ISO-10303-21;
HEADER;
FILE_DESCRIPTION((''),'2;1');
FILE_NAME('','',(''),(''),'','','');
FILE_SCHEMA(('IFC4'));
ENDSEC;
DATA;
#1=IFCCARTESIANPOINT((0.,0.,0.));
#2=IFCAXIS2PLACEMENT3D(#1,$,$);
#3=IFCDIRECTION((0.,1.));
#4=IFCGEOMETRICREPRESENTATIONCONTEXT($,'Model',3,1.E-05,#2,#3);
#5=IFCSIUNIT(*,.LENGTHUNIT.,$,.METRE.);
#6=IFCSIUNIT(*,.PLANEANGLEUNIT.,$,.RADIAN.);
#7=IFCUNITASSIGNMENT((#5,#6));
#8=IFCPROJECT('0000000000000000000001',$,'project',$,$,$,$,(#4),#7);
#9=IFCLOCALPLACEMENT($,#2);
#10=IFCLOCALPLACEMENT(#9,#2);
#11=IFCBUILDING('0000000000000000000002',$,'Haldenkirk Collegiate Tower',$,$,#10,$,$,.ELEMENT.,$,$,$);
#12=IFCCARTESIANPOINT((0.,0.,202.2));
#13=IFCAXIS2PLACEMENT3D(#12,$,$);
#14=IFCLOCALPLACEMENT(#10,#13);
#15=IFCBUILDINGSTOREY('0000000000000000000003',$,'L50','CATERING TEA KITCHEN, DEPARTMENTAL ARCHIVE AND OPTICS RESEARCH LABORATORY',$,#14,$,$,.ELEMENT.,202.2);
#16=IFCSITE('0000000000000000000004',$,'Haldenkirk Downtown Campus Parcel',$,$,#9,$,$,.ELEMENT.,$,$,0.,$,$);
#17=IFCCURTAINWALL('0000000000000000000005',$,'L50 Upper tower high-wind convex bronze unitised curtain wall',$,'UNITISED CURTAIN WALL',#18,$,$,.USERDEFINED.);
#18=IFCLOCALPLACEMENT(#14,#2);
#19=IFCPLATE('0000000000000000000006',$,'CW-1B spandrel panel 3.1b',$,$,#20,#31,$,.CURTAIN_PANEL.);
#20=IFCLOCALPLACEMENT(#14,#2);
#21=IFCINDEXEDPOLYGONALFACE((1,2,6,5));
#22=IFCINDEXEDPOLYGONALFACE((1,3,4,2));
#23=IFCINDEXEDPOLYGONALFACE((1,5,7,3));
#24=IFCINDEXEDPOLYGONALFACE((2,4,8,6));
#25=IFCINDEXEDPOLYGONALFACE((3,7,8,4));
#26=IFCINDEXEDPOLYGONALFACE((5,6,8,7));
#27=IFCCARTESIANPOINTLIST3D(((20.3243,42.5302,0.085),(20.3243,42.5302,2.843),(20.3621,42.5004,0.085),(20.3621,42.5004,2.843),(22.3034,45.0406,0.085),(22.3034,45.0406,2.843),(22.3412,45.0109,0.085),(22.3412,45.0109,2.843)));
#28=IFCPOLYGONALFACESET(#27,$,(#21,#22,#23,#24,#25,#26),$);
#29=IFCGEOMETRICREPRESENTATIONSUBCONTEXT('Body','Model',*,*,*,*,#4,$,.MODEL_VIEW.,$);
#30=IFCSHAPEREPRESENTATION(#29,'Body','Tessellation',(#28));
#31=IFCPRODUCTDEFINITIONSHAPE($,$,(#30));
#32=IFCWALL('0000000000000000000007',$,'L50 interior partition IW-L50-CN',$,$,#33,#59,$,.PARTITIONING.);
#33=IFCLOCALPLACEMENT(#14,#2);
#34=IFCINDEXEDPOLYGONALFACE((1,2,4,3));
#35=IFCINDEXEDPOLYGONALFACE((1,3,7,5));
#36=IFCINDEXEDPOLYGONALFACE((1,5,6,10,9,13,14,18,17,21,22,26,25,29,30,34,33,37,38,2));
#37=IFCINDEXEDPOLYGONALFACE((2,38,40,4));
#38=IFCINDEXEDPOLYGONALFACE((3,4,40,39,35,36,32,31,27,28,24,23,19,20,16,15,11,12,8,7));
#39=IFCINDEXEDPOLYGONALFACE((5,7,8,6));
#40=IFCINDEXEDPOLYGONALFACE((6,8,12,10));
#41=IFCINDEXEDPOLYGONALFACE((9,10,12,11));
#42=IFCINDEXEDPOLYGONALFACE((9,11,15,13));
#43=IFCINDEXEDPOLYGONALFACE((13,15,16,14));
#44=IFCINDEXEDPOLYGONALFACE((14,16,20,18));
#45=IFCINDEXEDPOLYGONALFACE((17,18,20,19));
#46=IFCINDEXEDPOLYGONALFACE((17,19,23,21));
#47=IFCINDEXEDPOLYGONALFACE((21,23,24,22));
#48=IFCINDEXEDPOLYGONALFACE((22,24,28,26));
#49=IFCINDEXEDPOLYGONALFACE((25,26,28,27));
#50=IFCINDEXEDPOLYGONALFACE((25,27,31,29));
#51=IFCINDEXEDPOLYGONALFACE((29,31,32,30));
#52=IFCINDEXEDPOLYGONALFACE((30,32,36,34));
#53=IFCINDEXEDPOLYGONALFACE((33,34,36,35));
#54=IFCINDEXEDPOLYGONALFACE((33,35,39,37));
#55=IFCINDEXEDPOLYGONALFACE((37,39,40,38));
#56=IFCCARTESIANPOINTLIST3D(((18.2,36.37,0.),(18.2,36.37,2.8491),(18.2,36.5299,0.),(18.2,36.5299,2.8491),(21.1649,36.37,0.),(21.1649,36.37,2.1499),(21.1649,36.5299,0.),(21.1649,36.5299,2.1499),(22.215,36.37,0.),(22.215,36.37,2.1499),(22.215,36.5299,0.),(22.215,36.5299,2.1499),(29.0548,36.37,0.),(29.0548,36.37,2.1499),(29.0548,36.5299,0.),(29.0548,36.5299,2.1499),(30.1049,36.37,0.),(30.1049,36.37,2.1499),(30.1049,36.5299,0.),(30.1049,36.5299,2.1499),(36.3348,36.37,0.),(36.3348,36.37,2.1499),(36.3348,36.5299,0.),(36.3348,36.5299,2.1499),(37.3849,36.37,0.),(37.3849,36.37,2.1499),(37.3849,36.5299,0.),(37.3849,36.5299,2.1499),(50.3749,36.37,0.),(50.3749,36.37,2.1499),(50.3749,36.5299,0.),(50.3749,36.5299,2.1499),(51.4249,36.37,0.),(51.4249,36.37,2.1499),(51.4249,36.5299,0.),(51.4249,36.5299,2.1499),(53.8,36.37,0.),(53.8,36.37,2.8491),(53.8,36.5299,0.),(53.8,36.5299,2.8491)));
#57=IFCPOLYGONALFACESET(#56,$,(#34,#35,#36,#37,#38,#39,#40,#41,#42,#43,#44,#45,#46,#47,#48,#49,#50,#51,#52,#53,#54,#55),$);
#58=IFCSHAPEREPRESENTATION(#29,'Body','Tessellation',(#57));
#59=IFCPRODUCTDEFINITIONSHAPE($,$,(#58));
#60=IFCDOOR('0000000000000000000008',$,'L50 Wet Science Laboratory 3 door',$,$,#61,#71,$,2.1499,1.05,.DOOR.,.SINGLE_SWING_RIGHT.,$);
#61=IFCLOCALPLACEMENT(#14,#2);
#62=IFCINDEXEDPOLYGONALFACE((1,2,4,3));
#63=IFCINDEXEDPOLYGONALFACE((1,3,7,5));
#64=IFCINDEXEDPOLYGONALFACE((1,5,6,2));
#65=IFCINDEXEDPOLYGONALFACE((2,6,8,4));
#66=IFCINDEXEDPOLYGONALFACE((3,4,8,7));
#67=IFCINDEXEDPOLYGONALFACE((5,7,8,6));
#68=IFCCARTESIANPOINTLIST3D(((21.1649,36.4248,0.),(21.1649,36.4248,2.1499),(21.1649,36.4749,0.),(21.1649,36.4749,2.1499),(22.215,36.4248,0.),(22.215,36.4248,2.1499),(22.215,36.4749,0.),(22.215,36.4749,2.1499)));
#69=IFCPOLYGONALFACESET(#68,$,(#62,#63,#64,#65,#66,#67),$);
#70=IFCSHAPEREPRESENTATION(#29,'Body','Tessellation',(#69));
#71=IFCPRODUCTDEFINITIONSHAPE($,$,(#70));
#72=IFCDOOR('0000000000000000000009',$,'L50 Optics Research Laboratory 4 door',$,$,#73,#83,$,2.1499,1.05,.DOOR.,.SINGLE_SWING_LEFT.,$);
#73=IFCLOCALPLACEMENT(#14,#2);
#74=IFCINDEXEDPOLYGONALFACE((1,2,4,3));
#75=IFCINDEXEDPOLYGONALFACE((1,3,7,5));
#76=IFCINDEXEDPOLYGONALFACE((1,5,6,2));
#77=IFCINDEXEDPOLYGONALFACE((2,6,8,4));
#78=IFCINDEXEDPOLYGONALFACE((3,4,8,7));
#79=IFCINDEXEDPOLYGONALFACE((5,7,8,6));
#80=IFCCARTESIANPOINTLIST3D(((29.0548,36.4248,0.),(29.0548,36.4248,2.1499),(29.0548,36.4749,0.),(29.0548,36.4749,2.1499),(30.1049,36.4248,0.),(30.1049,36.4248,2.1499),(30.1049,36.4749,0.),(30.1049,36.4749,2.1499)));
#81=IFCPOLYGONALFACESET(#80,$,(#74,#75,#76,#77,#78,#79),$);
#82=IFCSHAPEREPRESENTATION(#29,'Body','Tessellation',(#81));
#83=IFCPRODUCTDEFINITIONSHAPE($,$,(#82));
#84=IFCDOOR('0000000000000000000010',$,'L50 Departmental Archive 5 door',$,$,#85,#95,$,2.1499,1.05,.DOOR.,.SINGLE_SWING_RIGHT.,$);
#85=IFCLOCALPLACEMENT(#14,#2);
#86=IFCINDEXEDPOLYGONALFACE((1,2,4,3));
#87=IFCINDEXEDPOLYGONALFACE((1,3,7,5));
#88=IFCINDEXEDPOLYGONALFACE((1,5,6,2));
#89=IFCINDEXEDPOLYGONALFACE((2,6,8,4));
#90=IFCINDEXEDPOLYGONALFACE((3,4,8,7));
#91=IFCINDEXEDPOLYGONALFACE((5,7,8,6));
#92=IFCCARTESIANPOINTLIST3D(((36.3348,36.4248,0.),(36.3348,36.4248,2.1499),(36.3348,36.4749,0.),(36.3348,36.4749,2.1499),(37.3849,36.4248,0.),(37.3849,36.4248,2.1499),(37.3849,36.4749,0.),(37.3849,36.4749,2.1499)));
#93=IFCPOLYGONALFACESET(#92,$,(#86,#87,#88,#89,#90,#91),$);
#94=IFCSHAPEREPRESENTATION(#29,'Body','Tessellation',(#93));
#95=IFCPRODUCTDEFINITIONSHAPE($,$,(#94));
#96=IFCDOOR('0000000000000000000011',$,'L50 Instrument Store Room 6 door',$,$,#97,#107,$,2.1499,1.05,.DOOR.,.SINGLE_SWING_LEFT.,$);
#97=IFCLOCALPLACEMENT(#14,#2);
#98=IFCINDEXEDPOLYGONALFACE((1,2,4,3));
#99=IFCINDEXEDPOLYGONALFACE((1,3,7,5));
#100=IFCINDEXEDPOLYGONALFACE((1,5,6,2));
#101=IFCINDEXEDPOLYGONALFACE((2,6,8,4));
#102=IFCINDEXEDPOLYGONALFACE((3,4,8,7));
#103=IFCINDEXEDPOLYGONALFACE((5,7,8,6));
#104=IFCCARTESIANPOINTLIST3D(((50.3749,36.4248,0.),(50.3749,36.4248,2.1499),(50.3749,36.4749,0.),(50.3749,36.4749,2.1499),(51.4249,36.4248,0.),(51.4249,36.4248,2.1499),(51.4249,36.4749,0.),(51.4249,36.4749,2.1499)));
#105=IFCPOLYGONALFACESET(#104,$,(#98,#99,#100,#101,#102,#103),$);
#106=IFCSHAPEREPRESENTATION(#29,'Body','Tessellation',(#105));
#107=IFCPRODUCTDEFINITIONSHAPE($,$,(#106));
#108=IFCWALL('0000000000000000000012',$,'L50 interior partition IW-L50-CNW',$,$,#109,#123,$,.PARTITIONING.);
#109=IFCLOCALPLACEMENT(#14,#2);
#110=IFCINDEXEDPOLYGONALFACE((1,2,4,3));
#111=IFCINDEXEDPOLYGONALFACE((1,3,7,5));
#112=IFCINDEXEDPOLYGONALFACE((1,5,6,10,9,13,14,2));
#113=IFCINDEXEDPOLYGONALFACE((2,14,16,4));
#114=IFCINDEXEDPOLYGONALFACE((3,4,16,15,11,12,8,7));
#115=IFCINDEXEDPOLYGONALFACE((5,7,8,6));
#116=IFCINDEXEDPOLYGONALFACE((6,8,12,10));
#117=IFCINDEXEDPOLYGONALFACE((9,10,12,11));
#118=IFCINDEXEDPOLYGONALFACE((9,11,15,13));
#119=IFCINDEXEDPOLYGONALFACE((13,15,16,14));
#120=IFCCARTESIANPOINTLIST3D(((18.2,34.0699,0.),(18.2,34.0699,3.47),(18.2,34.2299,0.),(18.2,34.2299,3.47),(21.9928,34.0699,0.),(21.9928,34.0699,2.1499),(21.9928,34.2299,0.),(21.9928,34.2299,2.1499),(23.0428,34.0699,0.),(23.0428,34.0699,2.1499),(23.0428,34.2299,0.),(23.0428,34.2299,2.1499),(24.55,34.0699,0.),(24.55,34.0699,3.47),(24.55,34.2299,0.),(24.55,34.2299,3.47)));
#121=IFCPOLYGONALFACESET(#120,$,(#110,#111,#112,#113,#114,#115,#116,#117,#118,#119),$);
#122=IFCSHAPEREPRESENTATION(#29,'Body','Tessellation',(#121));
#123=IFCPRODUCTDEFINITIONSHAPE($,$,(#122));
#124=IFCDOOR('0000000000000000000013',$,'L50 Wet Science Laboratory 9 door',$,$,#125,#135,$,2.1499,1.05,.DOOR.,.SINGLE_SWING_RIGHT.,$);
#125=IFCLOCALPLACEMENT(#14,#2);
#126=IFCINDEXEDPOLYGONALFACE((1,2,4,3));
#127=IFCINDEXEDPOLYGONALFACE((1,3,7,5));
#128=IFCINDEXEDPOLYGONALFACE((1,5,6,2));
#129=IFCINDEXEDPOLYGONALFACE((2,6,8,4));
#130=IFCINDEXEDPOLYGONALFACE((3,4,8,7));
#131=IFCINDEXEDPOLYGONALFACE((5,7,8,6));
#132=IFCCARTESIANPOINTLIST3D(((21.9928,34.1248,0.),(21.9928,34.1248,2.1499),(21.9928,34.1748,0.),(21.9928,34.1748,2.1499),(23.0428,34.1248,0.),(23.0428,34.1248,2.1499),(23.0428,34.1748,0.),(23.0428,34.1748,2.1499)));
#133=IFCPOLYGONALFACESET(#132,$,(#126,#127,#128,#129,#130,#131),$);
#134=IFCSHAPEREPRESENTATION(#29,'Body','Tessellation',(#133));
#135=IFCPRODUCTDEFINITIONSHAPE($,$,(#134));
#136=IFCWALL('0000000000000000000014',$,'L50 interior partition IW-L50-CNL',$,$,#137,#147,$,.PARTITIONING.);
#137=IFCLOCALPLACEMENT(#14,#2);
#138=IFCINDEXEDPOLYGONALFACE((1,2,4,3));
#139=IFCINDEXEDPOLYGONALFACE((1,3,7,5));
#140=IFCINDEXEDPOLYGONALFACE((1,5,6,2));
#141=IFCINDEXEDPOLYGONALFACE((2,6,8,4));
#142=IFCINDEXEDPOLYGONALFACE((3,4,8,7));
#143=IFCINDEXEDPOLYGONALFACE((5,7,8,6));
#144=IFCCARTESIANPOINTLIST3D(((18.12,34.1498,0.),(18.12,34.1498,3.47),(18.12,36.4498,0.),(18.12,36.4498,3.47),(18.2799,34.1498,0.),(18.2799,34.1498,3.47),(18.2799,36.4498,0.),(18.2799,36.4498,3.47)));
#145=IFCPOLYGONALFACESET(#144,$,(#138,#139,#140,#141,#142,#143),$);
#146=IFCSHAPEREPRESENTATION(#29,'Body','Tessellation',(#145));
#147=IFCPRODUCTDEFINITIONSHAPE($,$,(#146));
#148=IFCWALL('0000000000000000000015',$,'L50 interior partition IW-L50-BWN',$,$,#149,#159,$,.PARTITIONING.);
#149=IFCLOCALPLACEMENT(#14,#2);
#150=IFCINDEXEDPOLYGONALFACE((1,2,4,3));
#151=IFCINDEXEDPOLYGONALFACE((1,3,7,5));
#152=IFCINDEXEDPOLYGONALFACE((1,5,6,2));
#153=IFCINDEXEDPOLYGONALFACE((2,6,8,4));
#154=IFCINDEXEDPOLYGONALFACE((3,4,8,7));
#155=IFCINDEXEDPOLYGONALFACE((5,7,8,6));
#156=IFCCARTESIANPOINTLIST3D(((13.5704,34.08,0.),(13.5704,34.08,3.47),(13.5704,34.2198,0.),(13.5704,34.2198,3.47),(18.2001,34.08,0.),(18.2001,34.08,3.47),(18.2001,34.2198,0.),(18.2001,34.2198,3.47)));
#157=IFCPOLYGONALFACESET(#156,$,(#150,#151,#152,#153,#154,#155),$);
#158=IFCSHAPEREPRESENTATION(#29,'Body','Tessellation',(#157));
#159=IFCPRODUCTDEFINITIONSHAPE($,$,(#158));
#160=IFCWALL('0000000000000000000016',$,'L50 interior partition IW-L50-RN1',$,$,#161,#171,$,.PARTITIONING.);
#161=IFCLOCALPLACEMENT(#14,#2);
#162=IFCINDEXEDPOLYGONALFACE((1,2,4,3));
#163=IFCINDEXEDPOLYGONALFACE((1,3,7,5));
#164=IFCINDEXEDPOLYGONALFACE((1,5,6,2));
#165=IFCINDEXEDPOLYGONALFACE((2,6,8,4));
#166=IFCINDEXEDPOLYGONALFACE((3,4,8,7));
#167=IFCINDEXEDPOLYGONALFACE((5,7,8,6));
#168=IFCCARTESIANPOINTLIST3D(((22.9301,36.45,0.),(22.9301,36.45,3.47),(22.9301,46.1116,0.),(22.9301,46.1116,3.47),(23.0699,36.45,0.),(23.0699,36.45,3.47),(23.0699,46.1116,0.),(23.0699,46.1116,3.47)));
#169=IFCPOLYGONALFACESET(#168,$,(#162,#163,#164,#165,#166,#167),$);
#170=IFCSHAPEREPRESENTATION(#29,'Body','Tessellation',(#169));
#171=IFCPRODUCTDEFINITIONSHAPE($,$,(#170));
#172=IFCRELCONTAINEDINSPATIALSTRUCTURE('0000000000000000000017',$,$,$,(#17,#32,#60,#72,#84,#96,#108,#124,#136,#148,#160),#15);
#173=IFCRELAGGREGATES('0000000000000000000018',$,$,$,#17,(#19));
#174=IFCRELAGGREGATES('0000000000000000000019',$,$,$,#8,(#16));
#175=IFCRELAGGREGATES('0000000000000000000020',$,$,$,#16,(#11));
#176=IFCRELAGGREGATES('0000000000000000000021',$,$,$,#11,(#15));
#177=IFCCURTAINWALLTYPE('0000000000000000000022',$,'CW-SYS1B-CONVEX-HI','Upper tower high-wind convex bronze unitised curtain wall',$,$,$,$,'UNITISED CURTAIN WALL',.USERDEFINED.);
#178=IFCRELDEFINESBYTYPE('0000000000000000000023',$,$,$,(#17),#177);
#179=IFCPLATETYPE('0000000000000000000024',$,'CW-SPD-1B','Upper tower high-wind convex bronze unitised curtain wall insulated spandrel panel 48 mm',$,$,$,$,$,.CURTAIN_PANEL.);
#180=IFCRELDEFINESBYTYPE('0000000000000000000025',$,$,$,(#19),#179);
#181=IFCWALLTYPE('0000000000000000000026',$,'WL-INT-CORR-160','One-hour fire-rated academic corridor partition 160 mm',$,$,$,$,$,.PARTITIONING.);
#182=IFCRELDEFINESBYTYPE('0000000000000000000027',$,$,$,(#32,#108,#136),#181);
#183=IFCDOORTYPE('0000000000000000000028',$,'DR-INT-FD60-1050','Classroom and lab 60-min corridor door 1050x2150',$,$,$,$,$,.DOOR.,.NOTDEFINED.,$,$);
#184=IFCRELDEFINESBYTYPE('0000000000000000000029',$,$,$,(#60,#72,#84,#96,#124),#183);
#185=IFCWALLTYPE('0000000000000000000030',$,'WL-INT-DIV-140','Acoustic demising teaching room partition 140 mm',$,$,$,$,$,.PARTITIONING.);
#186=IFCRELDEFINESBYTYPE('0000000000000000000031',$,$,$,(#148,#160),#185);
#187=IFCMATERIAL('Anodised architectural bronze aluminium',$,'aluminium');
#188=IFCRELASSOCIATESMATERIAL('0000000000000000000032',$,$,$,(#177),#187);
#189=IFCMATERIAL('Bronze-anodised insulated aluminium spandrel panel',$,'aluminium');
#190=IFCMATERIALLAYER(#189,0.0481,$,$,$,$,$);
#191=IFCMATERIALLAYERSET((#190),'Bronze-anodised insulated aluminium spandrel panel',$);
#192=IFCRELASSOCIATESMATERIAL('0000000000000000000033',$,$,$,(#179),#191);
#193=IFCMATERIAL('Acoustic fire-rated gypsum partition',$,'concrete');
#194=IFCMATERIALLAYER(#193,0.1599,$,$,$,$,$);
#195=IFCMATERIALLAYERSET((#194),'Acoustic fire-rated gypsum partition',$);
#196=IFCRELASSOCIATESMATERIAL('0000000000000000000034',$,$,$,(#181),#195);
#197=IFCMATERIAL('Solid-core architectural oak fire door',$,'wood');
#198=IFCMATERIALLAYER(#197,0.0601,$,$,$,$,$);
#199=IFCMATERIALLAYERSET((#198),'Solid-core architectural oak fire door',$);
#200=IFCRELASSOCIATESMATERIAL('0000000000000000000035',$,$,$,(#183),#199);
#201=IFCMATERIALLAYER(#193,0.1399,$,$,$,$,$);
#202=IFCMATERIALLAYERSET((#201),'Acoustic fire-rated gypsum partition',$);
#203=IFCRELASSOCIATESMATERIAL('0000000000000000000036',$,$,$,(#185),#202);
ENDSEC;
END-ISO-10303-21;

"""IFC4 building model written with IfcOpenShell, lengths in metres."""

from ifc_helpers import new_model, si_unit, direction, frame, frame_2d, origin, origin_2d, place, context, subcontext, project, spatial, rectangle, extrude, source, transform, mapped, material, layer, layer_set, type_object, element, fill, aggregate, save


model = new_model("IFC4")

# Units and contexts
model_context = context("Model", 3, precision=1e-05, world=origin(), true_north=direction((0.0, 1.0)))
body_context = subcontext(model_context, "Body", "Model", "MODEL_VIEW")
ifc_project = project(units=[si_unit("LENGTHUNIT", "METRE"), si_unit("PLANEANGLEUNIT", "RADIAN")], contexts=[model_context])

# Site, building, storey
site_placement = place(None, origin())
site = spatial("IfcSite", under=ifc_project, at=site_placement, Name="Haldenkirk Downtown Campus Parcel", CompositionType="ELEMENT", RefElevation=0.0)
building_placement = place(site_placement, origin())
building = spatial("IfcBuilding", under=site, at=building_placement, Name="Haldenkirk Collegiate Tower", CompositionType="ELEMENT")
storey_placement = place(building_placement, frame((0.0, 0.0, 202.2)))
storey = spatial("IfcBuildingStorey", under=building, at=storey_placement, Name="L50", Description="CATERING TEA KITCHEN, DEPARTMENTAL ARCHIVE AND OPTICS RESEARCH LABORATORY", CompositionType="ELEMENT", Elevation=202.2)

# Curtain wall
ifc_material_1 = material(Name="Anodised architectural bronze aluminium", Category="aluminium")
curtain_wall_type = type_object("IfcCurtainWallType", Name="CW-SYS1B-CONVEX-HI", Description="Upper tower high-wind convex bronze unitised curtain wall", ElementType="UNITISED CURTAIN WALL", PredefinedType="USERDEFINED", material=ifc_material_1)
curtain_wall_placement = place(storey_placement, origin())
curtain_wall = element("IfcCurtainWall", 1, at=curtain_wall_placement, inside=storey, type_object=curtain_wall_type, Name="L50 Upper tower high-wind convex bronze unitised curtain wall", ObjectType="UNITISED CURTAIN WALL", PredefinedType="USERDEFINED")

# Plate
ifc_material_2 = material(Name="Bronze-anodised insulated aluminium spandrel panel", Category="aluminium")
ifc_layer_1 = layer(ifc_material_2, 0.0481)
ifc_layer_set_1 = layer_set([ifc_layer_1], Name="Bronze-anodised insulated aluminium spandrel panel")
plate_type_1 = type_object("IfcPlateType", Name="CW-SPD-1B", Description="Upper tower high-wind convex bronze unitised curtain wall insulated spandrel panel 48 mm", PredefinedType="CURTAIN_PANEL", material=ifc_layer_set_1)
shared_shape_1 = source(origin(), body_context, "Body", "SweptSolid", [
    extrude(rectangle(XDim=3.1968, YDim=0.0481, at=origin_2d()), origin(), (0.0, 0.0, 1.0), 2.7581),
])
plate_1_placement = place(storey_placement, frame((21.3328, 43.7705, 0.085), z_axis=(0.0, 0.0, 1.0), x_axis=(0.619094, 0.785317, 0.0)))
plate_1 = element("IfcPlate", 2, at=plate_1_placement, type_object=plate_type_1, Name="CW-1B spandrel panel 3.1b", PredefinedType="CURTAIN_PANEL", context=body_context, shape_type="MappedRepresentation", body=[
    mapped(shared_shape_1, transform((0.0, 0.0, 0.0), x_axis=(1.0, 0.0, 0.0), y_axis=(0.0, 1.0, 0.0), z_axis=(0.0, 0.0, 1.0), scale=1.0)),
])
aggregate(curtain_wall, [plate_1])

# Wall, openings, doors
ifc_material_3 = material(Name="Acoustic fire-rated gypsum partition", Category="concrete")
ifc_layer_2 = layer(ifc_material_3, 0.1599)
ifc_layer_set_2 = layer_set([ifc_layer_2], Name="Acoustic fire-rated gypsum partition")
wall_type_1 = type_object("IfcWallType", Name="WL-INT-CORR-160", Description="One-hour fire-rated academic corridor partition 160 mm", PredefinedType="PARTITIONING", material=ifc_layer_set_2)
wall_1_placement = place(storey_placement, frame((18.2, 36.45, 0.0), z_axis=(0.0, 0.0, 1.0), x_axis=(1.0, 0.0, 0.0)))
wall_1 = element("IfcWall", 3, at=wall_1_placement, inside=storey, type_object=wall_type_1, Name="L50 interior partition IW-L50-CN", PredefinedType="PARTITIONING", context=body_context, shape_type="SweptSolid", body=[
    extrude(rectangle(XDim=35.6001, YDim=0.1599, at=frame_2d((17.8, 0.0))), origin(), (0.0, 0.0, 1.0), 2.8491),
])
opening_1_placement = place(wall_1_placement, frame((2.9651, 0.0, 0.0)))
opening_1 = element("IfcOpeningElement", 4, at=opening_1_placement, cuts=wall_1, PredefinedType="OPENING", context=body_context, shape_type="SweptSolid", body=[
    extrude(rectangle(XDim=1.05, YDim=2.1499, at=frame_2d((0.5249, 1.075))), frame((0.0, 0.0898, 0.0), z_axis=(0.0, -1.0, 0.0), x_axis=(1.0, 0.0, 0.0)), (0.0, 0.0, 1.0), 0.1799),
])
opening_2_placement = place(wall_1_placement, frame((10.855, 0.0, 0.0)))
opening_2 = element("IfcOpeningElement", 5, at=opening_2_placement, cuts=wall_1, PredefinedType="OPENING", context=body_context, shape_type="SweptSolid", body=[
    extrude(rectangle(XDim=1.05, YDim=2.1499, at=frame_2d((0.5249, 1.075))), frame((0.0, 0.0898, 0.0), z_axis=(0.0, -1.0, 0.0), x_axis=(1.0, 0.0, 0.0)), (0.0, 0.0, 1.0), 0.1799),
])
opening_3_placement = place(wall_1_placement, frame((18.135, 0.0, 0.0)))
opening_3 = element("IfcOpeningElement", 6, at=opening_3_placement, cuts=wall_1, PredefinedType="OPENING", context=body_context, shape_type="SweptSolid", body=[
    extrude(rectangle(XDim=1.05, YDim=2.1499, at=frame_2d((0.5249, 1.075))), frame((0.0, 0.0898, 0.0), z_axis=(0.0, -1.0, 0.0), x_axis=(1.0, 0.0, 0.0)), (0.0, 0.0, 1.0), 0.1799),
])
opening_4_placement = place(wall_1_placement, frame((32.175, 0.0, 0.0)))
opening_4 = element("IfcOpeningElement", 7, at=opening_4_placement, cuts=wall_1, PredefinedType="OPENING", context=body_context, shape_type="SweptSolid", body=[
    extrude(rectangle(XDim=1.05, YDim=2.1499, at=frame_2d((0.5249, 1.075))), frame((0.0, 0.0898, 0.0), z_axis=(0.0, -1.0, 0.0), x_axis=(1.0, 0.0, 0.0)), (0.0, 0.0, 1.0), 0.1799),
])
ifc_material_4 = material(Name="Solid-core architectural oak fire door", Category="wood")
ifc_layer_3 = layer(ifc_material_4, 0.0601)
ifc_layer_set_3 = layer_set([ifc_layer_3], Name="Solid-core architectural oak fire door")
door_type = type_object("IfcDoorType", Name="DR-INT-FD60-1050", Description="Classroom and lab 60-min corridor door 1050x2150", OperationType="NOTDEFINED", PredefinedType="DOOR", material=ifc_layer_set_3)
door_1_placement = place(opening_1_placement, origin())
door_1 = element("IfcDoor", 8, at=door_1_placement, inside=storey, type_object=door_type, Name="L50 Wet Science Laboratory 3 door", OperationType="SINGLE_SWING_RIGHT", OverallHeight=2.1499, OverallWidth=1.05, PredefinedType="DOOR", context=body_context, shape_type="SweptSolid", body=[
    extrude(rectangle(XDim=1.05, YDim=2.1499, at=frame_2d((0.5249, 1.075))), frame((0.0, 0.0249, 0.0), z_axis=(0.0, -1.0, 0.0), x_axis=(1.0, 0.0, 0.0)), (0.0, 0.0, 1.0), 0.05),
])
fill(opening_1, door_1)
door_2_placement = place(opening_2_placement, origin())
door_2 = element("IfcDoor", 9, at=door_2_placement, inside=storey, type_object=door_type, Name="L50 Optics Research Laboratory 4 door", OperationType="SINGLE_SWING_LEFT", OverallHeight=2.1499, OverallWidth=1.05, PredefinedType="DOOR", context=body_context, shape_type="SweptSolid", body=[
    extrude(rectangle(XDim=1.05, YDim=2.1499, at=frame_2d((0.5249, 1.075))), frame((0.0, 0.0249, 0.0), z_axis=(0.0, -1.0, 0.0), x_axis=(1.0, 0.0, 0.0)), (0.0, 0.0, 1.0), 0.05),
])
fill(opening_2, door_2)
door_3_placement = place(opening_3_placement, origin())
door_3 = element("IfcDoor", 10, at=door_3_placement, inside=storey, type_object=door_type, Name="L50 Departmental Archive 5 door", OperationType="SINGLE_SWING_RIGHT", OverallHeight=2.1499, OverallWidth=1.05, PredefinedType="DOOR", context=body_context, shape_type="SweptSolid", body=[
    extrude(rectangle(XDim=1.05, YDim=2.1499, at=frame_2d((0.5249, 1.075))), frame((0.0, 0.0249, 0.0), z_axis=(0.0, -1.0, 0.0), x_axis=(1.0, 0.0, 0.0)), (0.0, 0.0, 1.0), 0.05),
])
fill(opening_3, door_3)
door_4_placement = place(opening_4_placement, origin())
door_4 = element("IfcDoor", 11, at=door_4_placement, inside=storey, type_object=door_type, Name="L50 Instrument Store Room 6 door", OperationType="SINGLE_SWING_LEFT", OverallHeight=2.1499, OverallWidth=1.05, PredefinedType="DOOR", context=body_context, shape_type="SweptSolid", body=[
    extrude(rectangle(XDim=1.05, YDim=2.1499, at=frame_2d((0.5249, 1.075))), frame((0.0, 0.0249, 0.0), z_axis=(0.0, -1.0, 0.0), x_axis=(1.0, 0.0, 0.0)), (0.0, 0.0, 1.0), 0.05),
])
fill(opening_4, door_4)

# Wall, opening, door
wall_2_placement = place(storey_placement, frame((18.2, 34.1499, 0.0), z_axis=(0.0, 0.0, 1.0), x_axis=(1.0, 0.0, 0.0)))
wall_2 = element("IfcWall", 12, at=wall_2_placement, inside=storey, type_object=wall_type_1, Name="L50 interior partition IW-L50-CNW", PredefinedType="PARTITIONING", context=body_context, shape_type="SweptSolid", body=[
    extrude(rectangle(XDim=6.3501, YDim=0.1599, at=frame_2d((3.175, 0.0))), origin(), (0.0, 0.0, 1.0), 3.47),
])
opening_5_placement = place(wall_2_placement, frame((3.793, 0.0, 0.0)))
opening_5 = element("IfcOpeningElement", 13, at=opening_5_placement, cuts=wall_2, PredefinedType="OPENING", context=body_context, shape_type="SweptSolid", body=[
    extrude(rectangle(XDim=1.05, YDim=2.1499, at=frame_2d((0.5249, 1.075))), frame((0.0, 0.0898, 0.0), z_axis=(0.0, -1.0, 0.0), x_axis=(1.0, 0.0, 0.0)), (0.0, 0.0, 1.0), 0.1799),
])
door_5_placement = place(opening_5_placement, origin())
door_5 = element("IfcDoor", 14, at=door_5_placement, inside=storey, type_object=door_type, Name="L50 Wet Science Laboratory 9 door", OperationType="SINGLE_SWING_RIGHT", OverallHeight=2.1499, OverallWidth=1.05, PredefinedType="DOOR", context=body_context, shape_type="SweptSolid", body=[
    extrude(rectangle(XDim=1.05, YDim=2.1499, at=frame_2d((0.5249, 1.075))), frame((0.0, 0.0249, 0.0), z_axis=(0.0, -1.0, 0.0), x_axis=(1.0, 0.0, 0.0)), (0.0, 0.0, 1.0), 0.05),
])
fill(opening_5, door_5)

# Walls
wall_3_placement = place(storey_placement, frame((18.2, 34.1499, 0.0), z_axis=(0.0, 0.0, 1.0), x_axis=(0.0, 1.0, 0.0)))
element("IfcWall", 15, at=wall_3_placement, inside=storey, type_object=wall_type_1, Name="L50 interior partition IW-L50-CNL", PredefinedType="PARTITIONING", context=body_context, shape_type="SweptSolid", body=[
    extrude(rectangle(XDim=2.3, YDim=0.1599, at=frame_2d((1.1499, 0.0))), origin(), (0.0, 0.0, 1.0), 3.47),
])
ifc_layer_4 = layer(ifc_material_3, 0.1399)
ifc_layer_set_4 = layer_set([ifc_layer_4], Name="Acoustic fire-rated gypsum partition")
wall_type_2 = type_object("IfcWallType", Name="WL-INT-DIV-140", Description="Acoustic demising teaching room partition 140 mm", PredefinedType="PARTITIONING", material=ifc_layer_set_4)
wall_4_placement = place(storey_placement, frame((13.5703, 34.1499, 0.0), z_axis=(0.0, 0.0, 1.0), x_axis=(1.0, 0.0, 0.0)))
element("IfcWall", 16, at=wall_4_placement, inside=storey, type_object=wall_type_2, Name="L50 interior partition IW-L50-BWN", PredefinedType="PARTITIONING", context=body_context, shape_type="SweptSolid", body=[
    extrude(rectangle(XDim=4.6296, YDim=0.1399, at=frame_2d((2.3149, 0.0))), origin(), (0.0, 0.0, 1.0), 3.47),
])
wall_5_placement = place(storey_placement, frame((23.0, 36.45, 0.0), z_axis=(0.0, 0.0, 1.0), x_axis=(0.0, 1.0, 0.0)))
element("IfcWall", 17, at=wall_5_placement, inside=storey, type_object=wall_type_2, Name="L50 interior partition IW-L50-RN1", PredefinedType="PARTITIONING", context=body_context, shape_type="SweptSolid", body=[
    extrude(rectangle(XDim=9.6616, YDim=0.1399, at=frame_2d((4.8308, 0.0))), origin(), (0.0, 0.0, 1.0), 3.47),
])

save(model, "model.ifc")
